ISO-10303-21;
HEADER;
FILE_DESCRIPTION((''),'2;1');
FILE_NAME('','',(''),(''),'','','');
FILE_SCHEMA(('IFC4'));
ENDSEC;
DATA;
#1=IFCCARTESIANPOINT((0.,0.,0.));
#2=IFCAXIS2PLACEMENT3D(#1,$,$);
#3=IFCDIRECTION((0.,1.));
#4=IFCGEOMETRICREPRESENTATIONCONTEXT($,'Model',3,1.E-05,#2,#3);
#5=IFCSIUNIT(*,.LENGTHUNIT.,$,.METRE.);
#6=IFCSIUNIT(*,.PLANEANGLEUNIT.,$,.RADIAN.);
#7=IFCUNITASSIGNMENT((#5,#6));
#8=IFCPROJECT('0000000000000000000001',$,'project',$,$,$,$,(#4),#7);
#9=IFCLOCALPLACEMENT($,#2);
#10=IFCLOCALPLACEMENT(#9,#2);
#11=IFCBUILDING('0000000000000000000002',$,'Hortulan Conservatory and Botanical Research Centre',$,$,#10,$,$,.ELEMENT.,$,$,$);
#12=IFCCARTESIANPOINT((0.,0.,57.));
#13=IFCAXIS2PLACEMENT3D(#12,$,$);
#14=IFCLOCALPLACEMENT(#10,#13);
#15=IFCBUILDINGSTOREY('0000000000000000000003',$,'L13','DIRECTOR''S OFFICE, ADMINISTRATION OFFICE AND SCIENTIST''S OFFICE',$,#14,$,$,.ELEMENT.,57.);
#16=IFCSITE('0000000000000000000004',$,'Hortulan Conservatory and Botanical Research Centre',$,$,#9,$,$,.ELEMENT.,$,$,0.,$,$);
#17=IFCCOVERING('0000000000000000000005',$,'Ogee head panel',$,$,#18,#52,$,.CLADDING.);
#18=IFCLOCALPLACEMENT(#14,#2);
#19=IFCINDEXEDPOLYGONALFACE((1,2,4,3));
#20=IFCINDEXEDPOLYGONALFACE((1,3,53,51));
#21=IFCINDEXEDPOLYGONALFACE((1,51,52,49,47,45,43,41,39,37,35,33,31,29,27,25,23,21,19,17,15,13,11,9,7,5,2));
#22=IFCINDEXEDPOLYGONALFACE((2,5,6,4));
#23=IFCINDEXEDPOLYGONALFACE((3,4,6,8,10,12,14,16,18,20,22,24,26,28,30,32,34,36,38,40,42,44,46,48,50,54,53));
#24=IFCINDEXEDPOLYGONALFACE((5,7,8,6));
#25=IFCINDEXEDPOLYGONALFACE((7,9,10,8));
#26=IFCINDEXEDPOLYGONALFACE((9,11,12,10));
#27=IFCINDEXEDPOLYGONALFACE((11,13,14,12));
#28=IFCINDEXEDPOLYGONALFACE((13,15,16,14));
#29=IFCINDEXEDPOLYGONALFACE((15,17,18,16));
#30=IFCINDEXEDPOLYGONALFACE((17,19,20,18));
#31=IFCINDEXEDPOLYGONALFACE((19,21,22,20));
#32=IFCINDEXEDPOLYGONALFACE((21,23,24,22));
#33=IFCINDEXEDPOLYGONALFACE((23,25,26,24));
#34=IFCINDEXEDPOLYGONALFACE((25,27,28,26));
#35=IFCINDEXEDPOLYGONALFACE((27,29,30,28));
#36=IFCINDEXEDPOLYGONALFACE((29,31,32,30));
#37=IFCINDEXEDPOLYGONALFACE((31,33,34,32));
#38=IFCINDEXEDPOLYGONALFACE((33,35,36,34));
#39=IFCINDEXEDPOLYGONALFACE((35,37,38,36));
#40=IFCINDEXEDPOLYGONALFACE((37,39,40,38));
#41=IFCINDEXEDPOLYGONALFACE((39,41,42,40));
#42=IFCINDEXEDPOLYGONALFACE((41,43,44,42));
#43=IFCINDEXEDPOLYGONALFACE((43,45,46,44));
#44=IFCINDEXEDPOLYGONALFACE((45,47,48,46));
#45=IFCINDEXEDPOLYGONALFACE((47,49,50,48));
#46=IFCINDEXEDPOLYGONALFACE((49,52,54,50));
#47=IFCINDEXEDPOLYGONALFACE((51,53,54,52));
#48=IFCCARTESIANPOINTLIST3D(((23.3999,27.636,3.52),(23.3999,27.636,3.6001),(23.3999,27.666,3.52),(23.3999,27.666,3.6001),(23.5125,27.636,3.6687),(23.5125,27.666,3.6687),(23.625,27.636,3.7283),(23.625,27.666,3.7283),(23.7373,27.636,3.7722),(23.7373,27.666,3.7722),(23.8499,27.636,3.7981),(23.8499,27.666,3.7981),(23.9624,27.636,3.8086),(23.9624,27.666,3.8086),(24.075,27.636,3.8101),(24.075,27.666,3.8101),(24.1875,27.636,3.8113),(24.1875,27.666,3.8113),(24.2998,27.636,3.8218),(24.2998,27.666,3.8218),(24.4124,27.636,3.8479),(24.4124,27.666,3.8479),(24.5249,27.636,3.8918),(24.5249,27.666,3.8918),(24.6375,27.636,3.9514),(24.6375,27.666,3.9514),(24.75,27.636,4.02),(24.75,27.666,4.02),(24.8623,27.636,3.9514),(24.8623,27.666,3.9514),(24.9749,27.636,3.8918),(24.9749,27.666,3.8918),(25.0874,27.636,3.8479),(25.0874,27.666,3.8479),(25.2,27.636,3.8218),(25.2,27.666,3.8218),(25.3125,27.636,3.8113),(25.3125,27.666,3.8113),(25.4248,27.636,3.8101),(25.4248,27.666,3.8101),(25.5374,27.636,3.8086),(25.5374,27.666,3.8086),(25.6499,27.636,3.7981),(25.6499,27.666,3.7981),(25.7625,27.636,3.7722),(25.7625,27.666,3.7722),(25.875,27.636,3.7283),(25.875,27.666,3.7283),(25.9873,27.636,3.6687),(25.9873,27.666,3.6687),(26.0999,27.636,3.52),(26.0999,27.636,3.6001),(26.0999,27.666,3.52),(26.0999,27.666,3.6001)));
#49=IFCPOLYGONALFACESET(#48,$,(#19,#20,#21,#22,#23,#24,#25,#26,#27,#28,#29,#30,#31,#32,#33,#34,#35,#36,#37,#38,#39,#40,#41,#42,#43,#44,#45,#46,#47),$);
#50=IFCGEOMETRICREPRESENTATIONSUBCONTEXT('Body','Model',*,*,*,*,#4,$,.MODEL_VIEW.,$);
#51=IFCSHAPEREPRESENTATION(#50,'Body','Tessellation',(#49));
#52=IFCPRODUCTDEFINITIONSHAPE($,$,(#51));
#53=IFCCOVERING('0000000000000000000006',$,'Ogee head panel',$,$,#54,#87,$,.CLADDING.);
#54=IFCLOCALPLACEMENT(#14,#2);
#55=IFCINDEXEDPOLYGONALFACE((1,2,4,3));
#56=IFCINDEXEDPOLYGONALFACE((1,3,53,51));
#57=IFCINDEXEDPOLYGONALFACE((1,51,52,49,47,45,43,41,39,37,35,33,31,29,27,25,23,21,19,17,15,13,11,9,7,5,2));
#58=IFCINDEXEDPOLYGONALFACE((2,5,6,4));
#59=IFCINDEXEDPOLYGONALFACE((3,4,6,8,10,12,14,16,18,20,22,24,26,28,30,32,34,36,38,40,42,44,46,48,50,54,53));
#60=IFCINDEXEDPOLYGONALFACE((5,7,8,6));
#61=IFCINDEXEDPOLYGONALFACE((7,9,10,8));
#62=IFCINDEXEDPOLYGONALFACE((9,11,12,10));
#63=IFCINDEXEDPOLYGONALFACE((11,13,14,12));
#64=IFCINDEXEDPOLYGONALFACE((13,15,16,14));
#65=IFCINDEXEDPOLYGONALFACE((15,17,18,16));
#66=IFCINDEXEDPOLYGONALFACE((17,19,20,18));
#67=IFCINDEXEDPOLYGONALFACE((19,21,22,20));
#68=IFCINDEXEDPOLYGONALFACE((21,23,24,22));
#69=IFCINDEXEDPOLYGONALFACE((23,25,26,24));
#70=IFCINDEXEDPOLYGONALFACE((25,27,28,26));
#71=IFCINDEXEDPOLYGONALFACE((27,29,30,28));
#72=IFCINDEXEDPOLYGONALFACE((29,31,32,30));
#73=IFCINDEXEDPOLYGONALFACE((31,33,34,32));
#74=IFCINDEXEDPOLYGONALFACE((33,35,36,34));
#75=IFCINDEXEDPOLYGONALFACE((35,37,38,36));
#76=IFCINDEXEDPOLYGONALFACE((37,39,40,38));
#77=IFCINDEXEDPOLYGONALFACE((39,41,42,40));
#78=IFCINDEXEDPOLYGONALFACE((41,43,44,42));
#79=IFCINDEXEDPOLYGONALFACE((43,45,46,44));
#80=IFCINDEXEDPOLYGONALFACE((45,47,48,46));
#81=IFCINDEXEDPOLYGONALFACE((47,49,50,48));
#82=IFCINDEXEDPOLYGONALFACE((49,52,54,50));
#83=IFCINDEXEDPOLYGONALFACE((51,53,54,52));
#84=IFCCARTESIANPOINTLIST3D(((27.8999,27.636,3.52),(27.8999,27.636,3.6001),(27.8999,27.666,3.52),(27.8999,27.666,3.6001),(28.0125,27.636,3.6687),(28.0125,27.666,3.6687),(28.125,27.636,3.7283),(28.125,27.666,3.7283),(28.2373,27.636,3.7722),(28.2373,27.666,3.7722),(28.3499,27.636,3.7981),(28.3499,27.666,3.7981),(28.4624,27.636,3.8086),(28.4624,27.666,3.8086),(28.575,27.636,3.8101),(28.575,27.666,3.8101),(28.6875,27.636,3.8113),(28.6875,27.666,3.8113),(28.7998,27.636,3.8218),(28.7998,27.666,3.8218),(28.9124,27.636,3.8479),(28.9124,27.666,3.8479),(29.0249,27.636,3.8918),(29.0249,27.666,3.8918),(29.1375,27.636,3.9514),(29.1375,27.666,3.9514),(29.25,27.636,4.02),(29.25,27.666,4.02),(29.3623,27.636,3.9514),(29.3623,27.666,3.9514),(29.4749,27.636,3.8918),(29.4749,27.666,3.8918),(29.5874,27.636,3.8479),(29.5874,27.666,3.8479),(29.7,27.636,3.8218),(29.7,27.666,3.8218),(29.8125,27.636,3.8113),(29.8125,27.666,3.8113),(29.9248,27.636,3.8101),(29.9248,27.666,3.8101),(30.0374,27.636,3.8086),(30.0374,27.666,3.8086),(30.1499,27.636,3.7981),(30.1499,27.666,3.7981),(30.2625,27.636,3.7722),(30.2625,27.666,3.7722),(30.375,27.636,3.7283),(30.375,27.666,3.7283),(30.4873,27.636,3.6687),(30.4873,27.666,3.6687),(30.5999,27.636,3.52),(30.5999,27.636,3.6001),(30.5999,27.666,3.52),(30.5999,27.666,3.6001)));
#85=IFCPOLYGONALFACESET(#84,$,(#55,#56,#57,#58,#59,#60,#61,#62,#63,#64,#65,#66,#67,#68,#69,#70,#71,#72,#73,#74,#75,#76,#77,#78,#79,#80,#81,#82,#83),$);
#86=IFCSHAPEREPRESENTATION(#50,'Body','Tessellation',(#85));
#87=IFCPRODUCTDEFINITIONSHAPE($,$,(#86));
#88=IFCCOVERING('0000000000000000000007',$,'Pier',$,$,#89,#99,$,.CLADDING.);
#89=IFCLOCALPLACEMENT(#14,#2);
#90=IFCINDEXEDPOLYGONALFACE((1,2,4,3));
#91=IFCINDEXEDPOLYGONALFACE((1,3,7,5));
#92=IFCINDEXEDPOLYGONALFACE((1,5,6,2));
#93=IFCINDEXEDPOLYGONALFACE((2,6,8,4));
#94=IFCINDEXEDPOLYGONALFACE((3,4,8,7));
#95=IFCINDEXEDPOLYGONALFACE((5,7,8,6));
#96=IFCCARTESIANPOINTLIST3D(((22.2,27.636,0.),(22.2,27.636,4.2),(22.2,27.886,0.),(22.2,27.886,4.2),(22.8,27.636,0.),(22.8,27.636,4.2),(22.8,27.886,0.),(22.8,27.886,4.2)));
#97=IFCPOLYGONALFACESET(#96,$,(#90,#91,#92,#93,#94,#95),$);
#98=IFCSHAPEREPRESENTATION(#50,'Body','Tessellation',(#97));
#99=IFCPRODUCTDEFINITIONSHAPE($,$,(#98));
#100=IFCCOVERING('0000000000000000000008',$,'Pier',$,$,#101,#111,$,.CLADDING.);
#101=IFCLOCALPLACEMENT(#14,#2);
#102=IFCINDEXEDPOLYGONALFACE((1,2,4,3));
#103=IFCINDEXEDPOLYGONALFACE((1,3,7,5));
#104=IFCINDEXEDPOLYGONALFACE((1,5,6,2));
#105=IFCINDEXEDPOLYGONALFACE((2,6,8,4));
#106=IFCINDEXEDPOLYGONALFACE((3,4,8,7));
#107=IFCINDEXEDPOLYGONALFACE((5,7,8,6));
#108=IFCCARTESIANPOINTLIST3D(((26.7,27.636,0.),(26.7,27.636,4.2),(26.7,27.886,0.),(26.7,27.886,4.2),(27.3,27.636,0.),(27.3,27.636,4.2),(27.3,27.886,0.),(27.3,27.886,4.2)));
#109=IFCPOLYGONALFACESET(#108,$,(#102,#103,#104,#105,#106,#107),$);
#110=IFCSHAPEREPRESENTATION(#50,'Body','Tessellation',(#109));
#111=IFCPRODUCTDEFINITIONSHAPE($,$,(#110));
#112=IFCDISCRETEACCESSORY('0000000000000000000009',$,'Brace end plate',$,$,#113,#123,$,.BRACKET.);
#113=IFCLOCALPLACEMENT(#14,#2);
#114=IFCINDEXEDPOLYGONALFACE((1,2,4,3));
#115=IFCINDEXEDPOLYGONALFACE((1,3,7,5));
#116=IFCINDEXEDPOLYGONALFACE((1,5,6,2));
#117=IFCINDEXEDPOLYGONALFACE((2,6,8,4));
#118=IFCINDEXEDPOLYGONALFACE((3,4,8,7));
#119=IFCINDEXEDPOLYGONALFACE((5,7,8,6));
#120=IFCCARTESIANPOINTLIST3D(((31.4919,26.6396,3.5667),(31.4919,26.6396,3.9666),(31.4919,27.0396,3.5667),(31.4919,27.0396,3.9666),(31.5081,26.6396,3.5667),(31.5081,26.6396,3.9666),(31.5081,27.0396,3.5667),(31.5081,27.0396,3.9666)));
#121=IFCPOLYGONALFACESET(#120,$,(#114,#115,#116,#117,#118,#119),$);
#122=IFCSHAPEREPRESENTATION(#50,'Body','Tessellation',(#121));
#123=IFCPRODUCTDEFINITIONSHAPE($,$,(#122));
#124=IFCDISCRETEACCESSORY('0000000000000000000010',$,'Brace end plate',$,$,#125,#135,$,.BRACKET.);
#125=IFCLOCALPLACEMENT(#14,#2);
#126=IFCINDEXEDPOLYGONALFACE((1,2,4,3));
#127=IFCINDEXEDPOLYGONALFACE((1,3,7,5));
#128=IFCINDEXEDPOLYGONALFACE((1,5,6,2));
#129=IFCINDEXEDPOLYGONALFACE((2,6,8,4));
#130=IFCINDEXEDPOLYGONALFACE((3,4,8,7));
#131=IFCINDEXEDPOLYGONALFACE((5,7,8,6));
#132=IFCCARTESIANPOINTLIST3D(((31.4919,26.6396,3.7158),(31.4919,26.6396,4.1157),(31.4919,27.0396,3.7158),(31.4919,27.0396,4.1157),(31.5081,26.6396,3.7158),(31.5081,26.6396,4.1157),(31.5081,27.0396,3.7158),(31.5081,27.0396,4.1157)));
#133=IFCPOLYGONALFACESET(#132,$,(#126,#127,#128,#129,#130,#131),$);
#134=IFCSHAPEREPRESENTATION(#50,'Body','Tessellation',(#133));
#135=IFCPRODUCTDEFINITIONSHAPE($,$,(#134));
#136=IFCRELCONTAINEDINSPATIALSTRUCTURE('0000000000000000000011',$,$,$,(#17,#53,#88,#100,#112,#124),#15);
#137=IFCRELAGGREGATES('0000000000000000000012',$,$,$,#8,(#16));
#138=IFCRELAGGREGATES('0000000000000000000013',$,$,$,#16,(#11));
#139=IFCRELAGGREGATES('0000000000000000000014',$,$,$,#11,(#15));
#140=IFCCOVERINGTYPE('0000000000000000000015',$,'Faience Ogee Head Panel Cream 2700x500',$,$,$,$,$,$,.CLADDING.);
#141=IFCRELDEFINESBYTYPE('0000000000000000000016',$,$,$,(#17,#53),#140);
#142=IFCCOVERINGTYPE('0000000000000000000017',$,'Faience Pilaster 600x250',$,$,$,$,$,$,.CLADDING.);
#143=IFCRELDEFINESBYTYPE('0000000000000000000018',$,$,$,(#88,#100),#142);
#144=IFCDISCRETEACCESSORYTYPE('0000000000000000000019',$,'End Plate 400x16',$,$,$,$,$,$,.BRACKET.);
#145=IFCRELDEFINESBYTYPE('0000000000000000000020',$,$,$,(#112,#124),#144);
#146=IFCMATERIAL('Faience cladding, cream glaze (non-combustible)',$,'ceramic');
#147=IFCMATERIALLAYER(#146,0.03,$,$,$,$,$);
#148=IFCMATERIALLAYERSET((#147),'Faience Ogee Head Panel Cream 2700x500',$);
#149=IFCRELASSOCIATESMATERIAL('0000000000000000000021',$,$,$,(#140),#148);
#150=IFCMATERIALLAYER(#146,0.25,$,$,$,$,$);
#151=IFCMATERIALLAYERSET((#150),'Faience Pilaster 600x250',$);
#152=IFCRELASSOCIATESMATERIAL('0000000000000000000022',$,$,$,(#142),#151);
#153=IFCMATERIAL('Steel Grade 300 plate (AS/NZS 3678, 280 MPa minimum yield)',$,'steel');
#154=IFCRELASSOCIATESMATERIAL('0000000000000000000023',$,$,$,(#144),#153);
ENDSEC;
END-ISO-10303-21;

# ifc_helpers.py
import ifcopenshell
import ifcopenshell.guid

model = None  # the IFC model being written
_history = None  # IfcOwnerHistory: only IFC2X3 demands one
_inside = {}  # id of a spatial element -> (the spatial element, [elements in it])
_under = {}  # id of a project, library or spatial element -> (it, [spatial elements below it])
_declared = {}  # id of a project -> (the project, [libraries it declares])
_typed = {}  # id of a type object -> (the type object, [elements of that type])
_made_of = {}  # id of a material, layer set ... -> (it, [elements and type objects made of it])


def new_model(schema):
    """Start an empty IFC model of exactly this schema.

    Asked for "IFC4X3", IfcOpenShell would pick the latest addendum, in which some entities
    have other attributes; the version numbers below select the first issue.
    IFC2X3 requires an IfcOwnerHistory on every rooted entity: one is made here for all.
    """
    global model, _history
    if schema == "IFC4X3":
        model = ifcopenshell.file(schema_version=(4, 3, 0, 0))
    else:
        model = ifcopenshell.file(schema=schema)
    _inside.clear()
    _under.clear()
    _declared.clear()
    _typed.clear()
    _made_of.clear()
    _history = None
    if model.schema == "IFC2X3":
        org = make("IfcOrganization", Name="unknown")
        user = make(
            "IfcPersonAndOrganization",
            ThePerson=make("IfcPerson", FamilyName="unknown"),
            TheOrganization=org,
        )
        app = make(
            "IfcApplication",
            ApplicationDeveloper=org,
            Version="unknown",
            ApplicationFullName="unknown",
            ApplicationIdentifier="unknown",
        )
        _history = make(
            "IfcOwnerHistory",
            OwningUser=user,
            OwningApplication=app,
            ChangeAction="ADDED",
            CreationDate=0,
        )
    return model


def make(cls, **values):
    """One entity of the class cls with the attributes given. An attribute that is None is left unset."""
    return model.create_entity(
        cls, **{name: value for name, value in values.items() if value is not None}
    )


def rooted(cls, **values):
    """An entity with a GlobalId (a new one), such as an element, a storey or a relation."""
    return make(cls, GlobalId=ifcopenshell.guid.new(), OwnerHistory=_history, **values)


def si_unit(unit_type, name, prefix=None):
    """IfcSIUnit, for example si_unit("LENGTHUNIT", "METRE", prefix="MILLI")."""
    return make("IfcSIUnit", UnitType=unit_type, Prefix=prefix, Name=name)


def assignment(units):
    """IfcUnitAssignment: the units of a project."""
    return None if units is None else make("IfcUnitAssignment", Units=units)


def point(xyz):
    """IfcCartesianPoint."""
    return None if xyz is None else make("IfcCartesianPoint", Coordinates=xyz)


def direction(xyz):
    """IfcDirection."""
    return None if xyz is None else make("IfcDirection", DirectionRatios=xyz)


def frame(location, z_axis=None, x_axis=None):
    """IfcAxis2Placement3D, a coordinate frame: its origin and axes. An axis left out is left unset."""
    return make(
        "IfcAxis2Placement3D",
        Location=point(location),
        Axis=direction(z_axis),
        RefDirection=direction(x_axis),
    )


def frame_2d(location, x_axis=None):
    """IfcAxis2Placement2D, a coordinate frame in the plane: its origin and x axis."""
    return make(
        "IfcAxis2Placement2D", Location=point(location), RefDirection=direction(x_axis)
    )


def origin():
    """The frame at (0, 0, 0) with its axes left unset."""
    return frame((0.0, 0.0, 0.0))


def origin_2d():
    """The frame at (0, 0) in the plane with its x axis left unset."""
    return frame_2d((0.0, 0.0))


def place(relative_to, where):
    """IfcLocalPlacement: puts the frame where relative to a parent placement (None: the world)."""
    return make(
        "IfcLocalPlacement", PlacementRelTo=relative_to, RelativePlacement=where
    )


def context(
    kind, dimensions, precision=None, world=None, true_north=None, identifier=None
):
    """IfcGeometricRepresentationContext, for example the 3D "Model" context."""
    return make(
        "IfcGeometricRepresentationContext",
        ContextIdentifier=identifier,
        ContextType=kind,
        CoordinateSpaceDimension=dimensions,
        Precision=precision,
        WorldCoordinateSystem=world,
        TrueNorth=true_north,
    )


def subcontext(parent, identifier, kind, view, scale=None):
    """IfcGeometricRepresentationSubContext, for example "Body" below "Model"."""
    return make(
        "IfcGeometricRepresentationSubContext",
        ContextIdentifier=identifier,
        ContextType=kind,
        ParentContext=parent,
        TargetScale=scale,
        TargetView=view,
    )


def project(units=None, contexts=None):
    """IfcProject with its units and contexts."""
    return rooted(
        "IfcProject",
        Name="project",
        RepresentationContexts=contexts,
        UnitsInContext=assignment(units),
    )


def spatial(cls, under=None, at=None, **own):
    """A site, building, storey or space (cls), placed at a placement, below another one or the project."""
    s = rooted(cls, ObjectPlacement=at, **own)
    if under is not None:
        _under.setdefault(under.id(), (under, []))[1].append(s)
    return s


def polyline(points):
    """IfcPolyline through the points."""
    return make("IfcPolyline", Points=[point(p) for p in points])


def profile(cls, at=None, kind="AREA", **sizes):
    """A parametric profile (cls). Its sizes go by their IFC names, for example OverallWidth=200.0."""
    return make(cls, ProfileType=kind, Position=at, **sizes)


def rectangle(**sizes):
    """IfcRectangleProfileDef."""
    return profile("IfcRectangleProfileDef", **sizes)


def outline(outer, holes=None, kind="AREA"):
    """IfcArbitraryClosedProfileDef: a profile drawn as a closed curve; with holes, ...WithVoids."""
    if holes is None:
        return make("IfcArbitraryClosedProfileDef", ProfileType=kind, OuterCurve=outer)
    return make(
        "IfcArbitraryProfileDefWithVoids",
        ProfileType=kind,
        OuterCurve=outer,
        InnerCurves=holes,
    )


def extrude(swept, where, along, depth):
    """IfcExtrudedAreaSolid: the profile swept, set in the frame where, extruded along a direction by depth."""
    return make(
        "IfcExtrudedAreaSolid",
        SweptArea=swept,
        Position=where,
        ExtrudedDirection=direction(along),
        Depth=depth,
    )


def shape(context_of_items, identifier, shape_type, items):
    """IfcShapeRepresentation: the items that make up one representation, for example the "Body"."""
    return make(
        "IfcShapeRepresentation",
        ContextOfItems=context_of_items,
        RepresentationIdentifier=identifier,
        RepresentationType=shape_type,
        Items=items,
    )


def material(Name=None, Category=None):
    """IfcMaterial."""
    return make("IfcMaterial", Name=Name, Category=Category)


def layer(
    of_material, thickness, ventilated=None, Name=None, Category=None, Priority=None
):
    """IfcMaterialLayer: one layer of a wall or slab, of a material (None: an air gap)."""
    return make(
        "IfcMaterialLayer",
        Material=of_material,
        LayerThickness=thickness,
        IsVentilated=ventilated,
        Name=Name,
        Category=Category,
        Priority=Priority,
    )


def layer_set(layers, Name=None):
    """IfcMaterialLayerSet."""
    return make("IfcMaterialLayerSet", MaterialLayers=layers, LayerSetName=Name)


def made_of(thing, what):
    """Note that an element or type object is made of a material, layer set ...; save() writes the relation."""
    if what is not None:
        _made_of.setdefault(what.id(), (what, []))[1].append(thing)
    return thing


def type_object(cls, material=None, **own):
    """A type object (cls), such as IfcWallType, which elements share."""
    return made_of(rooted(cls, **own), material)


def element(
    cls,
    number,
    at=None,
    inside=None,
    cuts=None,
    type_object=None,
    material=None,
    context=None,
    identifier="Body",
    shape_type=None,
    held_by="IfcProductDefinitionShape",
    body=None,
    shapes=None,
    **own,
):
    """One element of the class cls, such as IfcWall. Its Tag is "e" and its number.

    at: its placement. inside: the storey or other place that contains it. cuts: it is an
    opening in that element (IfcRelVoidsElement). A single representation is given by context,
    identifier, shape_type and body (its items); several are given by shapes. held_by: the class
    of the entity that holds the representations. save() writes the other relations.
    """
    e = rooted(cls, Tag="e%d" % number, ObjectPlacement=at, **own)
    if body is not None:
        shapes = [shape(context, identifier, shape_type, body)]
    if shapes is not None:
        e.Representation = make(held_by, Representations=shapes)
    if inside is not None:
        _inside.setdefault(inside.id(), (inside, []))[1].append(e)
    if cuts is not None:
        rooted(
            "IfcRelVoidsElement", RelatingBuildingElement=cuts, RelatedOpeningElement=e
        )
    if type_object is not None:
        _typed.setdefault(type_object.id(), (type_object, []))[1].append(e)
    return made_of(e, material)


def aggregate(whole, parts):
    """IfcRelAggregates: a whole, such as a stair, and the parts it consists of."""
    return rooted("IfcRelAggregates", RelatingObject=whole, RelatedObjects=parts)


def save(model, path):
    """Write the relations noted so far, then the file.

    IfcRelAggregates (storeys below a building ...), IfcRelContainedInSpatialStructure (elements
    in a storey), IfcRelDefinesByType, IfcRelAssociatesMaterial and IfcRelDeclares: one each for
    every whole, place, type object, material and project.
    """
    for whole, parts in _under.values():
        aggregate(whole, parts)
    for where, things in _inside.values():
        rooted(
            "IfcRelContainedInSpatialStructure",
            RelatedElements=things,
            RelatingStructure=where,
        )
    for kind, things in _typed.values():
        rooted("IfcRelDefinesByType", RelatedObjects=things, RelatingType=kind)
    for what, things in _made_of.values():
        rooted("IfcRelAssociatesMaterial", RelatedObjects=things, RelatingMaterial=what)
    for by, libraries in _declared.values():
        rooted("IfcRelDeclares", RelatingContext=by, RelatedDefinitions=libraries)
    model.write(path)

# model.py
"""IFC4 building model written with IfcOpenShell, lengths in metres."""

from ifc_helpers import new_model, si_unit, direction, frame, origin, origin_2d, place, context, subcontext, project, spatial, polyline, rectangle, outline, extrude, material, layer, layer_set, type_object, element, save


model = new_model("IFC4")

# Units and contexts
model_context = context("Model", 3, precision=1e-05, world=origin(), true_north=direction((0.0, 1.0)))
body_context = subcontext(model_context, "Body", "Model", "MODEL_VIEW")
ifc_project = project(units=[si_unit("LENGTHUNIT", "METRE"), si_unit("PLANEANGLEUNIT", "RADIAN")], contexts=[model_context])

# Site, building, storey
site_placement = place(None, origin())
site = spatial("IfcSite", under=ifc_project, at=site_placement, Name="Hortulan Conservatory and Botanical Research Centre", CompositionType="ELEMENT", RefElevation=0.0)
building_placement = place(site_placement, origin())
building = spatial("IfcBuilding", under=site, at=building_placement, Name="Hortulan Conservatory and Botanical Research Centre", CompositionType="ELEMENT")
storey_placement = place(building_placement, frame((0.0, 0.0, 57.0)))
storey = spatial("IfcBuildingStorey", under=building, at=storey_placement, Name="L13", Description="DIRECTOR'S OFFICE, ADMINISTRATION OFFICE AND SCIENTIST'S OFFICE", CompositionType="ELEMENT", Elevation=57.0)

# Coverings
ifc_material_1 = material(Name="Faience cladding, cream glaze (non-combustible)", Category="ceramic")
ifc_layer_1 = layer(ifc_material_1, 0.03)
ifc_layer_set_1 = layer_set([ifc_layer_1], Name="Faience Ogee Head Panel Cream 2700x500")
covering_type_1 = type_object("IfcCoveringType", Name="Faience Ogee Head Panel Cream 2700x500", PredefinedType="CLADDING", material=ifc_layer_set_1)
for number, where, z_axis, x_axis, name in (
    (1, (23.3999, 27.6509, 3.52), (0.0, 0.0, 1.0), (1.0, 0.0, 0.0), "Ogee head panel"),
    (2, (27.8999, 27.6509, 3.52), (0.0, 0.0, 1.0), (1.0, 0.0, 0.0), "Ogee head panel"),
):
    element("IfcCovering", number, at=place(storey_placement, frame(where, z_axis=z_axis, x_axis=x_axis)), inside=storey, type_object=covering_type_1, Name=name, PredefinedType="CLADDING", context=body_context, shape_type="SweptSolid", body=[
        extrude(outline(polyline([(0.0, 0.0), (2.7, 0.0), (2.7, 0.0801), (2.5874, 0.1487), (2.4751, 0.2083), (2.3625, 0.2522), (2.25, 0.2781), (2.1375, 0.2886), (2.0249, 0.29), (1.9126, 0.2913), (1.8, 0.3018), (1.6875, 0.3279), (1.575, 0.3718), (1.4624, 0.4314), (1.3501, 0.5), (1.2375, 0.4314), (1.125, 0.3718), (1.0125, 0.3279), (0.8999, 0.3018), (0.7876, 0.2913), (0.675, 0.29), (0.5625, 0.2886), (0.45, 0.2781), (0.3374, 0.2522), (0.2251, 0.2083), (0.1125, 0.1487), (0.0, 0.0801), (0.0, 0.0)])), frame((0.0, 0.0151, 0.0), z_axis=(0.0, -1.0, 0.0), x_axis=(1.0, 0.0, 0.0)), (0.0, 0.0, 1.0), 0.03),
    ])
ifc_layer_2 = layer(ifc_material_1, 0.25)
ifc_layer_set_2 = layer_set([ifc_layer_2], Name="Faience Pilaster 600x250")
covering_type_2 = type_object("IfcCoveringType", Name="Faience Pilaster 600x250", PredefinedType="CLADDING", material=ifc_layer_set_2)
for number, where, z_axis, x_axis, name in (
    (3, (22.5, 27.761, 0.0), (0.0, 0.0, 1.0), (1.0, 0.0, 0.0), "Pier"),
    (4, (27.0, 27.761, 0.0), (0.0, 0.0, 1.0), (1.0, 0.0, 0.0), "Pier"),
):
    element("IfcCovering", number, at=place(storey_placement, frame(where, z_axis=z_axis, x_axis=x_axis)), inside=storey, type_object=covering_type_2, Name=name, PredefinedType="CLADDING", context=body_context, shape_type="SweptSolid", body=[
        extrude(rectangle(XDim=0.6001, YDim=0.25, at=origin_2d()), origin(), (0.0, 0.0, 1.0), 4.2),
    ])

# Discrete accessories
ifc_material_2 = material(Name="Steel Grade 300 plate (AS/NZS 3678, 280 MPa minimum yield)", Category="steel")
discrete_accessory_type = type_object("IfcDiscreteAccessoryType", Name="End Plate 400x16", PredefinedType="BRACKET", material=ifc_material_2)
for number, where, z_axis, x_axis, name in (
    (5, (31.5, 26.8396, 3.5667), (0.0, 0.0, 1.0), (0.0, -1.0, 0.0), "Brace end plate"),
    (6, (31.5, 26.8396, 3.7158), (0.0, 0.0, 1.0), (0.0, -1.0, 0.0), "Brace end plate"),
):
    element("IfcDiscreteAccessory", number, at=place(storey_placement, frame(where, z_axis=z_axis, x_axis=x_axis)), inside=storey, type_object=discrete_accessory_type, Name=name, PredefinedType="BRACKET", context=body_context, shape_type="SweptSolid", body=[
        extrude(rectangle(XDim=0.3999, YDim=0.0161, at=origin_2d()), origin(), (0.0, 0.0, 1.0), 0.3999),
    ])

save(model, "model.ifc")
